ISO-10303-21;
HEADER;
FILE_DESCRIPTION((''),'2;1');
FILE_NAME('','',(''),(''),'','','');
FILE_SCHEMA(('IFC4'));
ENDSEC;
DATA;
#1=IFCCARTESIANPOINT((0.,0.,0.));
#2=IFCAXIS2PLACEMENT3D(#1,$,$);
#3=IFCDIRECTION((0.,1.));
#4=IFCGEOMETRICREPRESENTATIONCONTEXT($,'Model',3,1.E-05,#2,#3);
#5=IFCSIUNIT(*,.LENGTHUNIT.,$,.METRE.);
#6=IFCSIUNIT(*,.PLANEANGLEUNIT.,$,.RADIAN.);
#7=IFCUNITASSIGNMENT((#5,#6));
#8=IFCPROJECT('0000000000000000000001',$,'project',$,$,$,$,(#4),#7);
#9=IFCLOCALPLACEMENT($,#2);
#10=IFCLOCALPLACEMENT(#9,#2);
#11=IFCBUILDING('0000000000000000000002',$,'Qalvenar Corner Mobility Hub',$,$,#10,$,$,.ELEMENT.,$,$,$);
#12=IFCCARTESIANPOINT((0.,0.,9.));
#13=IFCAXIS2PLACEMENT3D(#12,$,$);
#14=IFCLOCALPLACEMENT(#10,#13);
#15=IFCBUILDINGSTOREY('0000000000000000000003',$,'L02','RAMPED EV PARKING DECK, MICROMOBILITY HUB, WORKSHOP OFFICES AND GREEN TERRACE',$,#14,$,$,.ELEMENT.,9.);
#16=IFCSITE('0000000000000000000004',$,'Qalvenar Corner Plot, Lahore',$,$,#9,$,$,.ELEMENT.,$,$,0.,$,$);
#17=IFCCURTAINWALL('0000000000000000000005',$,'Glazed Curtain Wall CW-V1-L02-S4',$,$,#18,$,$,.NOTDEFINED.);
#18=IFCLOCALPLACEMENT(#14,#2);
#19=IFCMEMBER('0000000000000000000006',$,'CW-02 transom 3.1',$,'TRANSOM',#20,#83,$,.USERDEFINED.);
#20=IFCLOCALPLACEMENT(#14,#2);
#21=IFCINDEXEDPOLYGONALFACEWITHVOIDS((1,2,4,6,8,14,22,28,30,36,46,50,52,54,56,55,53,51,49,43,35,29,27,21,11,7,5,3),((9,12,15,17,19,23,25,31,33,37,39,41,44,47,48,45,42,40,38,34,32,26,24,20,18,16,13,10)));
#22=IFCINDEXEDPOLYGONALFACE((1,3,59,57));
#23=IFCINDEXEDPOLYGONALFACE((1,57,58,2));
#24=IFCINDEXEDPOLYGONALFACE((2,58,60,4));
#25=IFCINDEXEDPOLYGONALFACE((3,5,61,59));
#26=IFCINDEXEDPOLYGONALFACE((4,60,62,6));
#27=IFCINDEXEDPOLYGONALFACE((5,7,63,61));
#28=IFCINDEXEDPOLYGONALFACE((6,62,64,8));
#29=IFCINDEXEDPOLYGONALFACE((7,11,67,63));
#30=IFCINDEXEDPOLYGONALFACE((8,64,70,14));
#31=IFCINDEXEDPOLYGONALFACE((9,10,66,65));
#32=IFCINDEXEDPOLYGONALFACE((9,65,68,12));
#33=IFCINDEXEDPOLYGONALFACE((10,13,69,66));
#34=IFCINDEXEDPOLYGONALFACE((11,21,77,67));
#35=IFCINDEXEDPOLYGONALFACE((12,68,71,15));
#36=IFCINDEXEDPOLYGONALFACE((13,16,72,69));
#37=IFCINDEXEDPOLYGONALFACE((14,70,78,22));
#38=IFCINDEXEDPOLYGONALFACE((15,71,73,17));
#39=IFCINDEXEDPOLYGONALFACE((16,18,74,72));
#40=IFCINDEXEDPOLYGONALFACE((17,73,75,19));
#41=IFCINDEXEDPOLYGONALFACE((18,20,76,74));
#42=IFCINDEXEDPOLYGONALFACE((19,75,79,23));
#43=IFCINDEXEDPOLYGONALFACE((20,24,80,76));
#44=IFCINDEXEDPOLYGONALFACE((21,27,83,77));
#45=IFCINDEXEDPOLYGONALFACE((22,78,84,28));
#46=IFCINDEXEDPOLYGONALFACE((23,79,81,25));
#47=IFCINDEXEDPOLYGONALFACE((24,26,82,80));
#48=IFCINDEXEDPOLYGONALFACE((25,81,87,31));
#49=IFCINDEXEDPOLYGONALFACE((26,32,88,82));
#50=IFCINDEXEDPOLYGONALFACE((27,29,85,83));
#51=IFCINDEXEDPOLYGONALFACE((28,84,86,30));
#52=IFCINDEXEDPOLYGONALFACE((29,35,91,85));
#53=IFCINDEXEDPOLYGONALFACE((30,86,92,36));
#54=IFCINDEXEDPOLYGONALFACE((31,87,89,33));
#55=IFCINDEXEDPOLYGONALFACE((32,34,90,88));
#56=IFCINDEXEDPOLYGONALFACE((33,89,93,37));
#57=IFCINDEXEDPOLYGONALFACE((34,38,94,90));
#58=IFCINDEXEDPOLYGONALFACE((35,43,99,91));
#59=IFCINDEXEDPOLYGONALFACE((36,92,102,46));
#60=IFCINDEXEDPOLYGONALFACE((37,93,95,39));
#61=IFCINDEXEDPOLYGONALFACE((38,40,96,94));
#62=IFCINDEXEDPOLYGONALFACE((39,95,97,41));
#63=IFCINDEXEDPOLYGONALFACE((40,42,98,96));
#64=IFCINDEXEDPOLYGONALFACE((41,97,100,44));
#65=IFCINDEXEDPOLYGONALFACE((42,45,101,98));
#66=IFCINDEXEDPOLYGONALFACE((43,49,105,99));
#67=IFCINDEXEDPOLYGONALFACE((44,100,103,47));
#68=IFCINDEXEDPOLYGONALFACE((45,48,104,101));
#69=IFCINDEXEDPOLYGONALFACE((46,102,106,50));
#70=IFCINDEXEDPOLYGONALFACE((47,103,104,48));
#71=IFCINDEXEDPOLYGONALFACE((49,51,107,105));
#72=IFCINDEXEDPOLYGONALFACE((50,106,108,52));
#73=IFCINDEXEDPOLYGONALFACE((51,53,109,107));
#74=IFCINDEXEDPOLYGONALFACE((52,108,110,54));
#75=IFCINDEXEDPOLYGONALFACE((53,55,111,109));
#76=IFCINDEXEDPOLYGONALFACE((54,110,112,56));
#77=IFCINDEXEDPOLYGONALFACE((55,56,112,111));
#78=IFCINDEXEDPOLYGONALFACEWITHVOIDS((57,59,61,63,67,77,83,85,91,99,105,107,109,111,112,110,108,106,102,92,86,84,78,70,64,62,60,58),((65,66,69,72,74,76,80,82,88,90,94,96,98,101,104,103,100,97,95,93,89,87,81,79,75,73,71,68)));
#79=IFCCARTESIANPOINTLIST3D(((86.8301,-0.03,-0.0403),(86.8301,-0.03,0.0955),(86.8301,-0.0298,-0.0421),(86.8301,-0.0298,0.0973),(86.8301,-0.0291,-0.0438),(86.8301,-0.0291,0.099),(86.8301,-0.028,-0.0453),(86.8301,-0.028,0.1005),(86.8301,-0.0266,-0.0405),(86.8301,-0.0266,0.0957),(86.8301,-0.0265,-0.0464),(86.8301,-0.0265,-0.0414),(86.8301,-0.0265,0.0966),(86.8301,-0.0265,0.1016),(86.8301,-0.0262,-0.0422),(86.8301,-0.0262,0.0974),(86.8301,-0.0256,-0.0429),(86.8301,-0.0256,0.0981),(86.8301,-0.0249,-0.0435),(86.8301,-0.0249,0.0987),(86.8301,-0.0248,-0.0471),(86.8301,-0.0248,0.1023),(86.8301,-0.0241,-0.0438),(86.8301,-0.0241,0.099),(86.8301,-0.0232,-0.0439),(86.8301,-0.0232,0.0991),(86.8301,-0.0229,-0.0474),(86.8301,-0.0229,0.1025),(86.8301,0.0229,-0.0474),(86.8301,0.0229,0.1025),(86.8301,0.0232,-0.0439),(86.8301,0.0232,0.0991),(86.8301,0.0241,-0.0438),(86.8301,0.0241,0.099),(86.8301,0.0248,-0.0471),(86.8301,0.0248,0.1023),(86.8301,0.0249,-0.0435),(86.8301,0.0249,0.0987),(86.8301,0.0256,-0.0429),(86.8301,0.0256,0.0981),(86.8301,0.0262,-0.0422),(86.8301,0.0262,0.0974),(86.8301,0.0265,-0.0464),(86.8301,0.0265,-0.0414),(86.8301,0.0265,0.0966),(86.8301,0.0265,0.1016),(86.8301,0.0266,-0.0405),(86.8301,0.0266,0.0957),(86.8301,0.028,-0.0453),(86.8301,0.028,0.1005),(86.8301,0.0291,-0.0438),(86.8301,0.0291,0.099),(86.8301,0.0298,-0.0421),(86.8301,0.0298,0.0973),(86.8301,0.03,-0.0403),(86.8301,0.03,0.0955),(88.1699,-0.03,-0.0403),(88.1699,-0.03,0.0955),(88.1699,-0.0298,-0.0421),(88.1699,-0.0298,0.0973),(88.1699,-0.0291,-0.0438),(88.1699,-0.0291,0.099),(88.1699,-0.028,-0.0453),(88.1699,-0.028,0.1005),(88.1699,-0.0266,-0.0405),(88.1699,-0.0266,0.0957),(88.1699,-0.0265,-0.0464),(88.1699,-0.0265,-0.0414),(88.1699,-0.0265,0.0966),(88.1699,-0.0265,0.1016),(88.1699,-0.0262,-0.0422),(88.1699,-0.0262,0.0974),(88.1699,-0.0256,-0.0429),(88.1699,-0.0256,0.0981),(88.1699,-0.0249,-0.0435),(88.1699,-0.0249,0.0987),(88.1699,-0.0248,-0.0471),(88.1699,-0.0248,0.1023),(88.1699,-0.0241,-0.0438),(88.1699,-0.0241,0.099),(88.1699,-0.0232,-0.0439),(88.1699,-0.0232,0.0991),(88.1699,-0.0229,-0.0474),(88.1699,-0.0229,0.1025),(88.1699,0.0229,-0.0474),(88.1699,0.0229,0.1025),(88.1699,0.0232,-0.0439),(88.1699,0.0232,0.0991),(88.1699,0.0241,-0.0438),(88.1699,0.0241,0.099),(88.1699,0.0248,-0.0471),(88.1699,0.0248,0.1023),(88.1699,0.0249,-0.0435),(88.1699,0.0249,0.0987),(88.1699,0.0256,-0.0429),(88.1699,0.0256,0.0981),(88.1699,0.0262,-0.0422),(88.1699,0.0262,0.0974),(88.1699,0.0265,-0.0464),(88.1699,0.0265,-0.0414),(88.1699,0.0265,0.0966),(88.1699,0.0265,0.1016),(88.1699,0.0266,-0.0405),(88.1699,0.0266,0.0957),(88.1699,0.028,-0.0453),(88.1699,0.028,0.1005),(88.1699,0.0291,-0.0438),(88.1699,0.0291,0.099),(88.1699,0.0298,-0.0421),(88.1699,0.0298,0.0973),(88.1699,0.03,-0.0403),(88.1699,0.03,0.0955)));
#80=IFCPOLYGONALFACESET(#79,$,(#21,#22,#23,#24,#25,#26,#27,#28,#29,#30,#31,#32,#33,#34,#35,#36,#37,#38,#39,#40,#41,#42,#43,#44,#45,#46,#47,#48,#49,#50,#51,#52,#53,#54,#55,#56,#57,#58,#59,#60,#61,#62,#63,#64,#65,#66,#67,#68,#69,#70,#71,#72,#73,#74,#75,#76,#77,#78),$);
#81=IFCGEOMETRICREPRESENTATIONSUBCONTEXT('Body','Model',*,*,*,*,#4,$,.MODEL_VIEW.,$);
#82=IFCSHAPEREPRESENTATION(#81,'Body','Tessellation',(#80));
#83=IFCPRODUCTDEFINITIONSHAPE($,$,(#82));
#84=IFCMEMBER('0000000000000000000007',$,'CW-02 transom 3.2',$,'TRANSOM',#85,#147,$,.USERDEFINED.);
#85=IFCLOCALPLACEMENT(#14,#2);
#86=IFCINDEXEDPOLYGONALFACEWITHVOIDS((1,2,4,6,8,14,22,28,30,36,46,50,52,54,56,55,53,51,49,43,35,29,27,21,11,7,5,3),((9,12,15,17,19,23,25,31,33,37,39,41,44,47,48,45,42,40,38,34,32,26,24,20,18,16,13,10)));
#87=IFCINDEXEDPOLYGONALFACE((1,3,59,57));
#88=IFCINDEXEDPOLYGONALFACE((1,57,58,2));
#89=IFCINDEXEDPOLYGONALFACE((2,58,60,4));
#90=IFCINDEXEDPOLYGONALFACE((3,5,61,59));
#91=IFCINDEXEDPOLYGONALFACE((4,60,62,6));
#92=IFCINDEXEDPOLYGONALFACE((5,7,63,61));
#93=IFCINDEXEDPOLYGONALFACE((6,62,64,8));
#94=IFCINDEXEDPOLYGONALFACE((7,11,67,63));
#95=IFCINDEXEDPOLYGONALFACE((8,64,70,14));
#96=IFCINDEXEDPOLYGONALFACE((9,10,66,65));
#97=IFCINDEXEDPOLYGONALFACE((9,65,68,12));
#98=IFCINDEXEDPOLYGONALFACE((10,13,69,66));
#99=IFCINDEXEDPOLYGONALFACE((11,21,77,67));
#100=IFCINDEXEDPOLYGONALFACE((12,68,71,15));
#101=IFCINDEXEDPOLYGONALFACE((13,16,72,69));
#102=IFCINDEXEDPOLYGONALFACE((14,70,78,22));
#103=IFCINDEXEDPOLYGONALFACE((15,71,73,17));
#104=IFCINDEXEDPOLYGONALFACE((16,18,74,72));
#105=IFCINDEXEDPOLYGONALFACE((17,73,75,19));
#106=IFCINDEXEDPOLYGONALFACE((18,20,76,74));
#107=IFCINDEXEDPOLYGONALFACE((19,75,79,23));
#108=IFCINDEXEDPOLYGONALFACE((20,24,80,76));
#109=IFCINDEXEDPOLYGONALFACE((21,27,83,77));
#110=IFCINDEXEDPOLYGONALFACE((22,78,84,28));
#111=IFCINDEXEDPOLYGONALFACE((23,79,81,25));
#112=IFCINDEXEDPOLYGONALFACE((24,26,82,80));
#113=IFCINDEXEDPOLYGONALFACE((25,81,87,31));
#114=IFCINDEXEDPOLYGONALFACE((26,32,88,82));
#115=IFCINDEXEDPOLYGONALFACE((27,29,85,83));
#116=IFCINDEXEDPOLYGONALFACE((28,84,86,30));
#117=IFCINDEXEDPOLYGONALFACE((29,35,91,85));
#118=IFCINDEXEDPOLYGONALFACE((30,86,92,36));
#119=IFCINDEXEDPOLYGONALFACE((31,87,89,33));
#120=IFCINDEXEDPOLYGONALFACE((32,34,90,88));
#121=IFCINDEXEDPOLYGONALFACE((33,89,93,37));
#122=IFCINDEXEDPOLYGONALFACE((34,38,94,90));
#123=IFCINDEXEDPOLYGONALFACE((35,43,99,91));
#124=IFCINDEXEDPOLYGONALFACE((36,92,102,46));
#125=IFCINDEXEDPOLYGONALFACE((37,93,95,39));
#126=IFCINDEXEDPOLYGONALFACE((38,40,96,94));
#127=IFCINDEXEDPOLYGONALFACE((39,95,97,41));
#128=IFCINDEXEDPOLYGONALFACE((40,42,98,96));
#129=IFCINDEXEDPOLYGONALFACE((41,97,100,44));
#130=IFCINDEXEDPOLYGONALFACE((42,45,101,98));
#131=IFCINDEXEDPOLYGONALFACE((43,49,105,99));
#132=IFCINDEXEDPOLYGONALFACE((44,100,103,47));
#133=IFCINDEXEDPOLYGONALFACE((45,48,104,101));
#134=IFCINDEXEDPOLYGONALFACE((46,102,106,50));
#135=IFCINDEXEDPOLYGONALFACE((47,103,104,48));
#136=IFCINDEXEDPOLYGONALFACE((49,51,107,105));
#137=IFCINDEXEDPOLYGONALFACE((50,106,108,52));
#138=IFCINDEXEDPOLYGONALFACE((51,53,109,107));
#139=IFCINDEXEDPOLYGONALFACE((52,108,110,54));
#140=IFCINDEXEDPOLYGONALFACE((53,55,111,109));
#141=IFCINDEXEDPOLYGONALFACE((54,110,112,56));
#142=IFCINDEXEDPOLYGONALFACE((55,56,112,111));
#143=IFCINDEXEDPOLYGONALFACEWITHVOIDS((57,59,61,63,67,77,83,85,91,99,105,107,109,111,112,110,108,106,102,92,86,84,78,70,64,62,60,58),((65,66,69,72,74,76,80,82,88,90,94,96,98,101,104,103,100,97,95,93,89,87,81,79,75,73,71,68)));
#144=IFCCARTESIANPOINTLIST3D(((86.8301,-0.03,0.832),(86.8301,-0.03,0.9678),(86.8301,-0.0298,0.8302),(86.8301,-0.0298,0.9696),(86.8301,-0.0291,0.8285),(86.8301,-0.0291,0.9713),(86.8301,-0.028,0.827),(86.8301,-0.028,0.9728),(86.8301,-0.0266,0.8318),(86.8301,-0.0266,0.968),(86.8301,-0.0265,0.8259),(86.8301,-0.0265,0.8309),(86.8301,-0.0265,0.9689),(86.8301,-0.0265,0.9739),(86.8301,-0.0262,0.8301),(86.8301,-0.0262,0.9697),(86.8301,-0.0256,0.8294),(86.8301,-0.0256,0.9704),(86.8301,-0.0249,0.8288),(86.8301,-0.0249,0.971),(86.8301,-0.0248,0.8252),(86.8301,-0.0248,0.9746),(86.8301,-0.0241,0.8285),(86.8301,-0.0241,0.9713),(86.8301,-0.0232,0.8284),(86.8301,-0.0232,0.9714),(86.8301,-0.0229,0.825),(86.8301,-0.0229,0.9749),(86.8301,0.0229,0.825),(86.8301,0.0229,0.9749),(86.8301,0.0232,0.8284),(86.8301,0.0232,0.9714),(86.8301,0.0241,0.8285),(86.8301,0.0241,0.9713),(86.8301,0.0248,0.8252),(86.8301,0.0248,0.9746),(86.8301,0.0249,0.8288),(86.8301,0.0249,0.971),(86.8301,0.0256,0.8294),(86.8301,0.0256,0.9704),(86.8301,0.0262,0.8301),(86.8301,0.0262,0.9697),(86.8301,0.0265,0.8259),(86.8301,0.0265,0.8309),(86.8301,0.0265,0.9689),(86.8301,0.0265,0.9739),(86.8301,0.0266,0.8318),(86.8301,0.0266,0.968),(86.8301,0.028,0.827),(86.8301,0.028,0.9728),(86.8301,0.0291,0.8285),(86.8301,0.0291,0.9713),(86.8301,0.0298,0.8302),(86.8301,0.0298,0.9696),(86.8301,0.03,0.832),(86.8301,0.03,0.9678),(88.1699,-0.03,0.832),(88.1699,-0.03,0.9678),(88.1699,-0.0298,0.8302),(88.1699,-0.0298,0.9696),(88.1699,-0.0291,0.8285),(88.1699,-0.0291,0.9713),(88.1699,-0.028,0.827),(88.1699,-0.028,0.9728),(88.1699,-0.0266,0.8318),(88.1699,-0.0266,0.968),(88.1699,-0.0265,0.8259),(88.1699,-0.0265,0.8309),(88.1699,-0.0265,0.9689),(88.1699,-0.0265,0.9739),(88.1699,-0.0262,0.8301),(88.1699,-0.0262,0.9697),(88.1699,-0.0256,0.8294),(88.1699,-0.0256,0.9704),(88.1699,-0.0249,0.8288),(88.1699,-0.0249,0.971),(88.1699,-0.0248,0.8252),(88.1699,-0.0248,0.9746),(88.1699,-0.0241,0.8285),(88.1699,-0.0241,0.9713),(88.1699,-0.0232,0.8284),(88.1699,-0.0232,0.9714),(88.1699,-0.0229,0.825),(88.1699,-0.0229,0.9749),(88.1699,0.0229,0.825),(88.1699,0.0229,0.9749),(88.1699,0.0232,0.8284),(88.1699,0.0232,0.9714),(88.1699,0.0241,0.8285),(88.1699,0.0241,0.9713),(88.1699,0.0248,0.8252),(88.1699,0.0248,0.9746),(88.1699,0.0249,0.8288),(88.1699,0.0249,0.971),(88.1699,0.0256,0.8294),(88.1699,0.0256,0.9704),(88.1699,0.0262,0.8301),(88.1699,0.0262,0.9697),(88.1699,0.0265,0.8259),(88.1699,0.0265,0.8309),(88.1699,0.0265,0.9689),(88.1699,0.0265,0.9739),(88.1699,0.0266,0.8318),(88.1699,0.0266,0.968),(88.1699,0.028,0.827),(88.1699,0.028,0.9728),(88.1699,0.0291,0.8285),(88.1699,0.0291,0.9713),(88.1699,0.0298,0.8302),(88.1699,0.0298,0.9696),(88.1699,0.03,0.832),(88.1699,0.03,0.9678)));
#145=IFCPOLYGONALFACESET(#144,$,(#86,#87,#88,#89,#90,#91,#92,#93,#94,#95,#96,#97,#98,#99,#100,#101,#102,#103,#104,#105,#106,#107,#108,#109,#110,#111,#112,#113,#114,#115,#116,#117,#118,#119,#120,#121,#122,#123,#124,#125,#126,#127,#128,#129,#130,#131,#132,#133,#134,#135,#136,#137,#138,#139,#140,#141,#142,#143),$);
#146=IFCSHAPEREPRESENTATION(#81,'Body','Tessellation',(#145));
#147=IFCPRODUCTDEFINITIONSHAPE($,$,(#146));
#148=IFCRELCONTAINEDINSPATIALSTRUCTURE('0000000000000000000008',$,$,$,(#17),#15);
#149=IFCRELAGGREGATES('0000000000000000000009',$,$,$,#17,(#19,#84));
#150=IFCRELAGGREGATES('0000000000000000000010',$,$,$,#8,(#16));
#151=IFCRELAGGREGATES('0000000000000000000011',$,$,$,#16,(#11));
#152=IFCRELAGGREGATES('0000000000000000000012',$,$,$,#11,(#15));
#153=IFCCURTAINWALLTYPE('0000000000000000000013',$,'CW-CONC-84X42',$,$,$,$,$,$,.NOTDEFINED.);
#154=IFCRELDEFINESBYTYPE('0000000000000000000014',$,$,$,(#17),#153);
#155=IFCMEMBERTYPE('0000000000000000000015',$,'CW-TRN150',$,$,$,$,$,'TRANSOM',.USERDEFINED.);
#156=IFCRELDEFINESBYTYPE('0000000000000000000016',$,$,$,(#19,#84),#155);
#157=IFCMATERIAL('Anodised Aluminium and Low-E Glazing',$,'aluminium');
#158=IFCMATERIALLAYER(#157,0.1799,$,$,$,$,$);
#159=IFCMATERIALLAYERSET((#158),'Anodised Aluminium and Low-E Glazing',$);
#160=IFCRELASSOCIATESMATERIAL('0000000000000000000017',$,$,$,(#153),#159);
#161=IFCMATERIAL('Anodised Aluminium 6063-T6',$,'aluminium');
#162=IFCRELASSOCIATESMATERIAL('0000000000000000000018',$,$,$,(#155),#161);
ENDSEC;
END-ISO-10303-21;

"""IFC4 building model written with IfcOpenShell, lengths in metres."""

from ifc_helpers import new_model, si_unit, direction, frame, origin, origin_2d, place, context, subcontext, project, spatial, hollow_rectangle, extrude, material, layer, layer_set, material_profile, profile_set, type_object, element, aggregate, save


model = new_model("IFC4")

# Units and contexts
model_context = context("Model", 3, precision=1e-05, world=origin(), true_north=direction((0.0, 1.0)))
body_context = subcontext(model_context, "Body", "Model", "MODEL_VIEW")
ifc_project = project(units=[si_unit("LENGTHUNIT", "METRE"), si_unit("PLANEANGLEUNIT", "RADIAN")], contexts=[model_context])

# Site, building, storey
site_placement = place(None, origin())
site = spatial("IfcSite", under=ifc_project, at=site_placement, Name="Qalvenar Corner Plot, Lahore", CompositionType="ELEMENT", RefElevation=0.0)
building_placement = place(site_placement, origin())
building = spatial("IfcBuilding", under=site, at=building_placement, Name="Qalvenar Corner Mobility Hub", CompositionType="ELEMENT")
storey_placement = place(building_placement, frame((0.0, 0.0, 9.0)))
storey = spatial("IfcBuildingStorey", under=building, at=storey_placement, Name="L02", Description="RAMPED EV PARKING DECK, MICROMOBILITY HUB, WORKSHOP OFFICES AND GREEN TERRACE", CompositionType="ELEMENT", Elevation=9.0)

# Curtain wall, members
ifc_material_1 = material(Name="Anodised Aluminium and Low-E Glazing", Category="aluminium")
ifc_layer_1 = layer(ifc_material_1, 0.1799)
ifc_layer_set_1 = layer_set([ifc_layer_1], Name="Anodised Aluminium and Low-E Glazing")
curtain_wall_type = type_object("IfcCurtainWallType", Name="CW-CONC-84X42", PredefinedType="NOTDEFINED", material=ifc_layer_set_1)
curtain_wall_placement = place(storey_placement, origin())
curtain_wall = element("IfcCurtainWall", 1, at=curtain_wall_placement, inside=storey, type_object=curtain_wall_type, Name="Glazed Curtain Wall CW-V1-L02-S4", PredefinedType="NOTDEFINED")
ifc_material_2 = material(Name="Anodised Aluminium 6063-T6", Category="aluminium")
ifc_material_profile_1 = material_profile(ifc_material_2, hollow_rectangle(XDim=0.0601, YDim=0.1499, WallThickness=0.0034, InnerFilletRadius=0.0034, OuterFilletRadius=0.0071, at=origin_2d()), Name="RHS150x60x3.5")
ifc_profile_set_1 = profile_set([ifc_material_profile_1], Name="Anodised Aluminium 6063-T6")
member_type_1 = type_object("IfcMemberType", Name="CW-TRN150", ElementType="TRANSOM", PredefinedType="USERDEFINED", material=ifc_profile_set_1)
member_1_placement = place(storey_placement, frame((86.8301, 0.0, 0.0276), z_axis=(1.0, 0.0, 0.0), x_axis=(0.0, 1.0, 0.0)))
member_1 = element("IfcMember", 2, at=member_1_placement, type_object=member_type_1, Name="CW-02 transom 3.1", ObjectType="TRANSOM", PredefinedType="USERDEFINED", context=body_context, shape_type="SweptSolid", body=[
    extrude(hollow_rectangle(XDim=0.0601, YDim=0.1499, WallThickness=0.0034, InnerFilletRadius=0.0034, OuterFilletRadius=0.0071, at=origin_2d()), origin(), (0.0, 0.0, 1.0), 1.3398),
])
member_2_placement = place(storey_placement, frame((86.8301, 0.0, 0.8999), z_axis=(1.0, 0.0, 0.0), x_axis=(0.0, 1.0, 0.0)))
member_2 = element("IfcMember", 3, at=member_2_placement, type_object=member_type_1, Name="CW-02 transom 3.2", ObjectType="TRANSOM", PredefinedType="USERDEFINED", context=body_context, shape_type="SweptSolid", body=[
    extrude(hollow_rectangle(XDim=0.0601, YDim=0.1499, WallThickness=0.0034, InnerFilletRadius=0.0034, OuterFilletRadius=0.0071, at=origin_2d()), origin(), (0.0, 0.0, 1.0), 1.3398),
])
aggregate(curtain_wall, [member_1, member_2])

save(model, "model.ifc")
